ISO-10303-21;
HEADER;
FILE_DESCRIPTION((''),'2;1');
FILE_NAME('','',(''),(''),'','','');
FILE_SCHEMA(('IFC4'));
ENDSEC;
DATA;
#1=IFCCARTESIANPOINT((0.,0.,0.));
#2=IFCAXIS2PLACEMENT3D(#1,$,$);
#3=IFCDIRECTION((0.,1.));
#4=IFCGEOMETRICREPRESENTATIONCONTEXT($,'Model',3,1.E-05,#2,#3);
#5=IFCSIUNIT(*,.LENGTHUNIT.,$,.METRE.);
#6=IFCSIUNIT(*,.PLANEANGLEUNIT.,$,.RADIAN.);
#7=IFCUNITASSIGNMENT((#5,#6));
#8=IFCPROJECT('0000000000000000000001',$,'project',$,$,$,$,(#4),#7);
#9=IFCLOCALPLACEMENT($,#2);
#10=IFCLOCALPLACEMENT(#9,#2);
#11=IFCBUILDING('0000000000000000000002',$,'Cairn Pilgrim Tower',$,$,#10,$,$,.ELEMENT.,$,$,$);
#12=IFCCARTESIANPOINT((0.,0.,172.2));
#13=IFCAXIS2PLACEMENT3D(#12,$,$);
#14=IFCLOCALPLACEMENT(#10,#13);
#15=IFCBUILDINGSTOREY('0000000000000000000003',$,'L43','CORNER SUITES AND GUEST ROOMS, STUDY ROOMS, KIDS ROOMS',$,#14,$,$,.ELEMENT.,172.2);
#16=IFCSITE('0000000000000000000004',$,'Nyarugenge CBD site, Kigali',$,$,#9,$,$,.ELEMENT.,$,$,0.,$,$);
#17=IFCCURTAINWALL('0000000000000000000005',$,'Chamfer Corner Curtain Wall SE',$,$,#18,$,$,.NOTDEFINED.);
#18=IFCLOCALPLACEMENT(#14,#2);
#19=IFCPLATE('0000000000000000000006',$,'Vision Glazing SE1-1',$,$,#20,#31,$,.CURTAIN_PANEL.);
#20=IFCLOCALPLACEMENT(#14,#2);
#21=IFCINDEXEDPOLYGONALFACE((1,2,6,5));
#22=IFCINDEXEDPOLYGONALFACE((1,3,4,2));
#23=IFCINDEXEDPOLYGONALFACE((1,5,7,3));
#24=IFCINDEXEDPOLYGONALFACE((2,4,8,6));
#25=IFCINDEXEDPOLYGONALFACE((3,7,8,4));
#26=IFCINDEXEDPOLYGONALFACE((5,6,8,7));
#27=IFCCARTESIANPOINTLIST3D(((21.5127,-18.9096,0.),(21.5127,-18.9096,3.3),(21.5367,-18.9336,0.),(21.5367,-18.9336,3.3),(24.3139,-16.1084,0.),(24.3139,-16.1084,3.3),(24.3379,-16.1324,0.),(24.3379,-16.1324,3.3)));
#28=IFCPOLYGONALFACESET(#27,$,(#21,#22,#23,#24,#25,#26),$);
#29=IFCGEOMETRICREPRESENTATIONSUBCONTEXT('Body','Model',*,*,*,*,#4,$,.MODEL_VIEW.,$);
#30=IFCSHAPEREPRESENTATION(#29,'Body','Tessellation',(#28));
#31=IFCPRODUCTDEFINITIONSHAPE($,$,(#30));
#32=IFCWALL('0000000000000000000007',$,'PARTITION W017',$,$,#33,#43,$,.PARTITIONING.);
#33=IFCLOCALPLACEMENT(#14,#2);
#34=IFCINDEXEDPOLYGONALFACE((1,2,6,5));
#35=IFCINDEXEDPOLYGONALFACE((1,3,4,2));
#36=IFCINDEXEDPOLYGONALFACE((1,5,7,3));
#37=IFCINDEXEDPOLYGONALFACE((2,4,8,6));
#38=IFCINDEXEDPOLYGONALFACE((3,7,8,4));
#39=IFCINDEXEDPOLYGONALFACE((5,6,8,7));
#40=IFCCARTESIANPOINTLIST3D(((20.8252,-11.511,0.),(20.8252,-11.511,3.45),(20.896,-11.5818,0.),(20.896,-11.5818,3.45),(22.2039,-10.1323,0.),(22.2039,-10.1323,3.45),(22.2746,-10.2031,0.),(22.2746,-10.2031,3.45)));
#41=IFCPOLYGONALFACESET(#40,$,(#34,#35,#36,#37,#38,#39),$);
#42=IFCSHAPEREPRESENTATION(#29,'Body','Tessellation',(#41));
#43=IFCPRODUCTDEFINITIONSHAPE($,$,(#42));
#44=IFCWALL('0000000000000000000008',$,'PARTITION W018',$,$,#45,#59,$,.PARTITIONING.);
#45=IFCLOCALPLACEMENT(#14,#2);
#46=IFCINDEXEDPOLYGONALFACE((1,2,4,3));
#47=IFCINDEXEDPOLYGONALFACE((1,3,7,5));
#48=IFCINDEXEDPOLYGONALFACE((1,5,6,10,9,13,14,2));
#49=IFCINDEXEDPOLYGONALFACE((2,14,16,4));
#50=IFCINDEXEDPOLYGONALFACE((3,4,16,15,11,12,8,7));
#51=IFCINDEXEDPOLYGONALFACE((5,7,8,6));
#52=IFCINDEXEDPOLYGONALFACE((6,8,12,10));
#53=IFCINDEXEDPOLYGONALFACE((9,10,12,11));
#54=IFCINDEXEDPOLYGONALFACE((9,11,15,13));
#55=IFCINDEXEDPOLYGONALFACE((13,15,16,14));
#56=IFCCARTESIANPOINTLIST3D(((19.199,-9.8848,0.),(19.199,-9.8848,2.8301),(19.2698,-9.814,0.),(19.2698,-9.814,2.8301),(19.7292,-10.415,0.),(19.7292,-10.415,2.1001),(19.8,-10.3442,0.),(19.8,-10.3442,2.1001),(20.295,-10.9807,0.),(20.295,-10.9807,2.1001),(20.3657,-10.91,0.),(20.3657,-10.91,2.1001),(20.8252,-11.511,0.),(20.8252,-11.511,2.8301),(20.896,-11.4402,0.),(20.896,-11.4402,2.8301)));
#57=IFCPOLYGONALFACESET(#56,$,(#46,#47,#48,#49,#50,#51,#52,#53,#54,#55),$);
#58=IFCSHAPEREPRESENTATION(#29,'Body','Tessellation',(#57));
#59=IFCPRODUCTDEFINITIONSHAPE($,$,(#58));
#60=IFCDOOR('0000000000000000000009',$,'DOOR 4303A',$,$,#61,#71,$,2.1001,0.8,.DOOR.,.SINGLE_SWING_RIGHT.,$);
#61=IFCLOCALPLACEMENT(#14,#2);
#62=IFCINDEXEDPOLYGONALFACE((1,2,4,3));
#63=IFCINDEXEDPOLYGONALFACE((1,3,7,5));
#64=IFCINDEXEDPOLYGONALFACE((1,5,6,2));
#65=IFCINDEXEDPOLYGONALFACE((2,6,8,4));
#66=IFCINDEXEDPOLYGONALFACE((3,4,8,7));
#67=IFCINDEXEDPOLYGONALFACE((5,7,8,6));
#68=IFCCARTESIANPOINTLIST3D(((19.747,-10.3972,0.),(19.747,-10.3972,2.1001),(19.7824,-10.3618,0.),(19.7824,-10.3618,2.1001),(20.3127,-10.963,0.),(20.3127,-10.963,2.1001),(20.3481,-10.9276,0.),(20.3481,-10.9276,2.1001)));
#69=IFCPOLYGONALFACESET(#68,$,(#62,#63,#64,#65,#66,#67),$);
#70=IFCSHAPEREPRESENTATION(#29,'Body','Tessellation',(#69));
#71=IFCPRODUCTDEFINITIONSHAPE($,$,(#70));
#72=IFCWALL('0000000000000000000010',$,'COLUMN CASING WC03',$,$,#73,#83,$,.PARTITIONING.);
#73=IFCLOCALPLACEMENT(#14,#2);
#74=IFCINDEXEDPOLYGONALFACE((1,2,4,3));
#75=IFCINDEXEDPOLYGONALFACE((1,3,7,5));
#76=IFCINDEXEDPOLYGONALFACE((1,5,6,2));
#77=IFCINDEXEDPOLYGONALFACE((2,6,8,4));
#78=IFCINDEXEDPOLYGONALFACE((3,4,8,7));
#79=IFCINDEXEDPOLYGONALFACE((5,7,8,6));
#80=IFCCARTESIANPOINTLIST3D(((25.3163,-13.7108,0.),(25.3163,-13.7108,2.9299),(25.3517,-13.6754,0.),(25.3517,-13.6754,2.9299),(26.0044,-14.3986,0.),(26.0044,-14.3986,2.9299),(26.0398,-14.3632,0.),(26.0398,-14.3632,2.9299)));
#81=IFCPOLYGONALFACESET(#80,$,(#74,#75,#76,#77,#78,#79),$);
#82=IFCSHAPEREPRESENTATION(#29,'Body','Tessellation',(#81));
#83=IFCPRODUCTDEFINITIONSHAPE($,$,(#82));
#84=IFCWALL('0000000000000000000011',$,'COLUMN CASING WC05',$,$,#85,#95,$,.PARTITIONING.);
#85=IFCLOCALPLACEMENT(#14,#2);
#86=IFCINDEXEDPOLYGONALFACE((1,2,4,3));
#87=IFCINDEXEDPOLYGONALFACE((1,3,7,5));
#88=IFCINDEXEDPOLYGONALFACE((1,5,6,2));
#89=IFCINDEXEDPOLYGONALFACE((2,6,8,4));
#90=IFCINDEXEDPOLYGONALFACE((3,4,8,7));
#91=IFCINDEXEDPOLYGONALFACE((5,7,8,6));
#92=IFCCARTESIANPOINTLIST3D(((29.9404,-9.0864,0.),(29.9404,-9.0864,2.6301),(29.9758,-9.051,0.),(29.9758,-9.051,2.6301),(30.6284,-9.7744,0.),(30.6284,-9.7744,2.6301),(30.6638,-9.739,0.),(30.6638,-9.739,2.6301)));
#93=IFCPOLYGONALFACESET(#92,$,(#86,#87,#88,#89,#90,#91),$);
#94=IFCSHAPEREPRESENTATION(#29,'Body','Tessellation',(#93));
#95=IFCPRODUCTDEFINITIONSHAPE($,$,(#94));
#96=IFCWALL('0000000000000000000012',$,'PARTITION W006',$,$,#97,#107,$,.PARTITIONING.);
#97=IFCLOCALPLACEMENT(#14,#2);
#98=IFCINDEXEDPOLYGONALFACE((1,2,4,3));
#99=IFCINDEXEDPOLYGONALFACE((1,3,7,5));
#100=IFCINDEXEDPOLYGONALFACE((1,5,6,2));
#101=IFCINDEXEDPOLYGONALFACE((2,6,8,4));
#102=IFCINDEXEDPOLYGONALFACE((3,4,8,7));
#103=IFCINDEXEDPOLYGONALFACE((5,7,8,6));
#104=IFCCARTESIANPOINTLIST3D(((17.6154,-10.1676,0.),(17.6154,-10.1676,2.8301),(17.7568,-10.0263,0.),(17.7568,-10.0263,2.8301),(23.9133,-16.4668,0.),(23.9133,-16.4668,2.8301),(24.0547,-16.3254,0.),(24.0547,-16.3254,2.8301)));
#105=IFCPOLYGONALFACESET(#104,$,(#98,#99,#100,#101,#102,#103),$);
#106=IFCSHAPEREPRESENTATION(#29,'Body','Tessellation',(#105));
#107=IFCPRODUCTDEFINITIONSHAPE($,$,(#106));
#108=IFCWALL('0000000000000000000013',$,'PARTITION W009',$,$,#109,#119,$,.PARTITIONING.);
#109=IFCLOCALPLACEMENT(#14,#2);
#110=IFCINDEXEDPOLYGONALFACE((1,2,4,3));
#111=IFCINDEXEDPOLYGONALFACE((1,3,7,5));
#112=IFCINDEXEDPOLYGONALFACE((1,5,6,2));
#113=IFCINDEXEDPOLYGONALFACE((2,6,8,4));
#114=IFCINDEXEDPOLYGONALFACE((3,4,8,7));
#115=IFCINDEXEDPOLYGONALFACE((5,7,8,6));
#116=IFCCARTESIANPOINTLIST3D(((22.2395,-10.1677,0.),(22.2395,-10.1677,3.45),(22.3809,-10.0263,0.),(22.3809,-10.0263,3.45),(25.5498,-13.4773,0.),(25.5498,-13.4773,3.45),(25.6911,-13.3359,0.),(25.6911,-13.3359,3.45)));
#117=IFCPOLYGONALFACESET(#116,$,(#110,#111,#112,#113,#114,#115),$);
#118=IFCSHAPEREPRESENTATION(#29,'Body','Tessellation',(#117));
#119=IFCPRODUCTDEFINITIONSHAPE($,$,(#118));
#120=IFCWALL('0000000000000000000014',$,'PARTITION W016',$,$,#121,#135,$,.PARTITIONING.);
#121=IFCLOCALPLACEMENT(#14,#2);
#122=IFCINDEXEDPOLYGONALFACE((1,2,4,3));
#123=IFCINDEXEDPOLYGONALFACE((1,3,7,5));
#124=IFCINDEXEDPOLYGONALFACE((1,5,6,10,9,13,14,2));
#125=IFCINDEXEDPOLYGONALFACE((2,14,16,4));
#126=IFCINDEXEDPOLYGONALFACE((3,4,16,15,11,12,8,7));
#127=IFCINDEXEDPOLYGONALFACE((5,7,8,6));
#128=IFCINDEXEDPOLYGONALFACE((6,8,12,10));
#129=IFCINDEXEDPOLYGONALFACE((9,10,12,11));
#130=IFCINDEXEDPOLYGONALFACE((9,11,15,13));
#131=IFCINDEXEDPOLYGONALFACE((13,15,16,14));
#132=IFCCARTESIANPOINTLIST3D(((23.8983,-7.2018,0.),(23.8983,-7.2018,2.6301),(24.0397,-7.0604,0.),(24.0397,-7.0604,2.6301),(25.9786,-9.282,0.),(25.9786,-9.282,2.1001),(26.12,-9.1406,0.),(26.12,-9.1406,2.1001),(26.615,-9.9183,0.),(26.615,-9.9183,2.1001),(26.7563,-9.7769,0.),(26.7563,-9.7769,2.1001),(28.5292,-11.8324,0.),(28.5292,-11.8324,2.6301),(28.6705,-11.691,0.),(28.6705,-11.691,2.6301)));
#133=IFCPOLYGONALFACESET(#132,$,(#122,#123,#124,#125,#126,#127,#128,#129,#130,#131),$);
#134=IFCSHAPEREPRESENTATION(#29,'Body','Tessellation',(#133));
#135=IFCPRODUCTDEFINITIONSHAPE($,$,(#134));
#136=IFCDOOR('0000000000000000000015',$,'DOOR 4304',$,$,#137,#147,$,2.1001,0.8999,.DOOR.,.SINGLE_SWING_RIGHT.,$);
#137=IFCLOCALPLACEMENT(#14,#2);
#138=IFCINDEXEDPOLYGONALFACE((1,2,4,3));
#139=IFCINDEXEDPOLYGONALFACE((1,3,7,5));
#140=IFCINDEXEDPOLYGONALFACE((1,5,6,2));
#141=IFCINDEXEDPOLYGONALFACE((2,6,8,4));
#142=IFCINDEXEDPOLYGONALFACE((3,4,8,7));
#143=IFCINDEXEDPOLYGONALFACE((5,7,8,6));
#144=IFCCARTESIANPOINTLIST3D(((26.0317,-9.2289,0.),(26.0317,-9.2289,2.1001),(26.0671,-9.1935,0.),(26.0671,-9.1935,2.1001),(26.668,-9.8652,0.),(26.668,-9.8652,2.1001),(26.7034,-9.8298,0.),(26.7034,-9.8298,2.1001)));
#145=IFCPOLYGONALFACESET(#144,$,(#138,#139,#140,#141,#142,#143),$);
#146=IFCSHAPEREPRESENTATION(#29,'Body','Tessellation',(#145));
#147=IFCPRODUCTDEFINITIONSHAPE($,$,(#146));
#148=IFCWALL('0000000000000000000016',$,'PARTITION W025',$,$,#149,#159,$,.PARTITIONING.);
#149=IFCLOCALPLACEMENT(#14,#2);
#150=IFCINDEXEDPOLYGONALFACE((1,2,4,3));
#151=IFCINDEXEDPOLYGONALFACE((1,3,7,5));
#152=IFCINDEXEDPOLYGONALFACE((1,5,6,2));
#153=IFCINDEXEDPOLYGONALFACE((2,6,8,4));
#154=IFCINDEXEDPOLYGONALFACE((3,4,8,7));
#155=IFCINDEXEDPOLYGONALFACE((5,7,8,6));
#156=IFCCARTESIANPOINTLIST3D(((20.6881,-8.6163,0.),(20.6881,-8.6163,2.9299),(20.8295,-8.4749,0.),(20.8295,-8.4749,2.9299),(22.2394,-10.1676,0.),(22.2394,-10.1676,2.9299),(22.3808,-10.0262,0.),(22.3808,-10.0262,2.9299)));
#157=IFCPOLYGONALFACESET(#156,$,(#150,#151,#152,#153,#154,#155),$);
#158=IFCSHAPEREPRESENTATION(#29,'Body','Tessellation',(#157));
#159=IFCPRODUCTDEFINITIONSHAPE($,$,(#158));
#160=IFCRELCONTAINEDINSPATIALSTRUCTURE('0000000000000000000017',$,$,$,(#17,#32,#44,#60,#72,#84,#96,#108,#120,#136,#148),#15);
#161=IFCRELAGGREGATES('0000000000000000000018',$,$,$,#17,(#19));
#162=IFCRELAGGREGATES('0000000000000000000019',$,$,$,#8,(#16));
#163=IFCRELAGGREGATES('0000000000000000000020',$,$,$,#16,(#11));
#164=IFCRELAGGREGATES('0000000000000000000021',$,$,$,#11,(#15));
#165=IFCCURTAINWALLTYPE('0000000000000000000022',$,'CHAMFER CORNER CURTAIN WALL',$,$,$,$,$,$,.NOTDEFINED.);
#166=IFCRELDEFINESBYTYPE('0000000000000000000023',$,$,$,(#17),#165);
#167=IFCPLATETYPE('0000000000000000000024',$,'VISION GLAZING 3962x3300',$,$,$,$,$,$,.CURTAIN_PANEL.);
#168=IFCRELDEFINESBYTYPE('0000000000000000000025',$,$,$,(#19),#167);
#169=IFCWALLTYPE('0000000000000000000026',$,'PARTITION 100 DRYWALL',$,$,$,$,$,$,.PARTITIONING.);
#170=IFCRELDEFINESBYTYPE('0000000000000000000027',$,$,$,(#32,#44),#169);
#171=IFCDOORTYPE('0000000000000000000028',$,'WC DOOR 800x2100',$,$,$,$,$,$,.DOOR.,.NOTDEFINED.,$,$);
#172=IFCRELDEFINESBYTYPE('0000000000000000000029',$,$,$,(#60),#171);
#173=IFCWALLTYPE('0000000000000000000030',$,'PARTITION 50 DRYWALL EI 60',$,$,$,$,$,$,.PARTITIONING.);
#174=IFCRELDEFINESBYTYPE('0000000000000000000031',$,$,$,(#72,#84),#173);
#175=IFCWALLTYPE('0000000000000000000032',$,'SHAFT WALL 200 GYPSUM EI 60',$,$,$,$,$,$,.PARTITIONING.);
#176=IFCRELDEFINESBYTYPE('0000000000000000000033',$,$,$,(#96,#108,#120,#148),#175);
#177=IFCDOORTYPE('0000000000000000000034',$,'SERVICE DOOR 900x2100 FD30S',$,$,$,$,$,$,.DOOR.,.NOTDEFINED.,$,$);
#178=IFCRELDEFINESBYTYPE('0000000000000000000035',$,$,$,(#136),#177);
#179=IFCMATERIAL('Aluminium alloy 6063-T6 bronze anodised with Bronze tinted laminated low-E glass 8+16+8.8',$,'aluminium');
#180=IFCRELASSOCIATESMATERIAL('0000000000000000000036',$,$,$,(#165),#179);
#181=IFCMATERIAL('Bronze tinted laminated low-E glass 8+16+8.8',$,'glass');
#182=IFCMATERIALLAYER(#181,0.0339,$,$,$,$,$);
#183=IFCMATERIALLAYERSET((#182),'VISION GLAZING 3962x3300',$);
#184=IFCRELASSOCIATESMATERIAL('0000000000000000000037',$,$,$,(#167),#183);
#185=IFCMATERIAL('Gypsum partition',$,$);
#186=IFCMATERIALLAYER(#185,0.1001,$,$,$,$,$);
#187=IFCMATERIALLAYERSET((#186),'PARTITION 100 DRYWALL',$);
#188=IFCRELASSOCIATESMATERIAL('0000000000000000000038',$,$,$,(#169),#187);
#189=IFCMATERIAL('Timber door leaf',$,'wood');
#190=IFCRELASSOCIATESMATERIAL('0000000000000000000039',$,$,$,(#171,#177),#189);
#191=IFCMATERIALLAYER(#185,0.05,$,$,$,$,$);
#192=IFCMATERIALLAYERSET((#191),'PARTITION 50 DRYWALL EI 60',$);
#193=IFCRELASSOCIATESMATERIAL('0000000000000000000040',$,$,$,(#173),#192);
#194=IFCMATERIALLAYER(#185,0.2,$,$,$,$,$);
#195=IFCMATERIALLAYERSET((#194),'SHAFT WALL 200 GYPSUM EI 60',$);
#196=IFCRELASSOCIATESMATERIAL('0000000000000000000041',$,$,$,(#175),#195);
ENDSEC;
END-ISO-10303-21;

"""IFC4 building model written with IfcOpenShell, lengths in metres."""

from ifc_helpers import new_model, si_unit, direction, frame, frame_2d, origin, origin_2d, place, context, subcontext, project, spatial, rectangle, extrude, material, layer, layer_set, type_object, element, fill, aggregate, save


model = new_model("IFC4")

# Units and contexts
model_context = context("Model", 3, precision=1e-05, world=origin(), true_north=direction((0.0, 1.0)))
body_context = subcontext(model_context, "Body", "Model", "MODEL_VIEW")
ifc_project = project(units=[si_unit("LENGTHUNIT", "METRE"), si_unit("PLANEANGLEUNIT", "RADIAN")], contexts=[model_context])

# Site, building, storey
site_placement = place(None, origin())
site = spatial("IfcSite", under=ifc_project, at=site_placement, Name="Nyarugenge CBD site, Kigali", CompositionType="ELEMENT", RefElevation=0.0)
building_placement = place(site_placement, origin())
building = spatial("IfcBuilding", under=site, at=building_placement, Name="Cairn Pilgrim Tower", CompositionType="ELEMENT")
storey_placement = place(building_placement, frame((0.0, 0.0, 172.2)))
storey = spatial("IfcBuildingStorey", under=building, at=storey_placement, Name="L43", Description="CORNER SUITES AND GUEST ROOMS, STUDY ROOMS, KIDS ROOMS", CompositionType="ELEMENT", Elevation=172.2)

# Curtain wall
ifc_material_1 = material(Name="Aluminium alloy 6063-T6 bronze anodised with Bronze tinted laminated low-E glass 8+16+8.8", Category="aluminium")
curtain_wall_type = type_object("IfcCurtainWallType", Name="CHAMFER CORNER CURTAIN WALL", PredefinedType="NOTDEFINED", material=ifc_material_1)
curtain_wall_placement = place(storey_placement, origin())
curtain_wall = element("IfcCurtainWall", 1, at=curtain_wall_placement, inside=storey, type_object=curtain_wall_type, Name="Chamfer Corner Curtain Wall SE", PredefinedType="NOTDEFINED")

# Plate
ifc_material_2 = material(Name="Bronze tinted laminated low-E glass 8+16+8.8", Category="glass")
ifc_layer_1 = layer(ifc_material_2, 0.0339)
ifc_layer_set_1 = layer_set([ifc_layer_1], Name="VISION GLAZING 3962x3300")
plate_type_1 = type_object("IfcPlateType", Name="VISION GLAZING 3962x3300", PredefinedType="CURTAIN_PANEL", material=ifc_layer_set_1)
plate_1_placement = place(storey_placement, frame((22.9253, -17.521, 0.0), z_axis=(0.0, 0.0, 1.0), x_axis=(0.707107, 0.707107, 0.0)))
plate_1 = element("IfcPlate", 2, at=plate_1_placement, type_object=plate_type_1, Name="Vision Glazing SE1-1", PredefinedType="CURTAIN_PANEL", context=body_context, shape_type="SweptSolid", body=[
    extrude(rectangle(XDim=3.9614, YDim=0.0339, at=origin_2d()), origin(), (0.0, 0.0, 1.0), 3.3),
])
aggregate(curtain_wall, [plate_1])

# Wall
ifc_material_3 = material(Name="Gypsum partition")
ifc_layer_2 = layer(ifc_material_3, 0.1001)
ifc_layer_set_2 = layer_set([ifc_layer_2], Name="PARTITION 100 DRYWALL")
wall_type_1 = type_object("IfcWallType", Name="PARTITION 100 DRYWALL", PredefinedType="PARTITIONING", material=ifc_layer_set_2)
wall_1_placement = place(storey_placement, frame((20.8606, -11.5464, 0.0), z_axis=(0.0, 0.0, 1.0), x_axis=(0.707107, 0.707107, 0.0)))
element("IfcWall", 3, at=wall_1_placement, inside=storey, type_object=wall_type_1, Name="PARTITION W017", PredefinedType="PARTITIONING", context=body_context, shape_type="SweptSolid", body=[
    extrude(rectangle(XDim=1.9497, YDim=0.1001, at=frame_2d((0.9749, 0.0))), origin(), (0.0, 0.0, 1.0), 3.45),
])

# Wall, opening, door
wall_2_placement = place(storey_placement, frame((20.8606, -11.4756, 0.0), z_axis=(0.0, 0.0, 1.0), x_axis=(-0.707107, 0.707107, 0.0)))
wall_2 = element("IfcWall", 4, at=wall_2_placement, inside=storey, type_object=wall_type_1, Name="PARTITION W018", PredefinedType="PARTITIONING", context=body_context, shape_type="SweptSolid", body=[
    extrude(rectangle(XDim=2.2998, YDim=0.1001, at=frame_2d((1.1499, 0.0))), origin(), (0.0, 0.0, 1.0), 2.8301),
])
opening_1_placement = place(wall_2_placement, frame((0.75, 0.0, 0.0)))
opening_1 = element("IfcOpeningElement", 5, at=opening_1_placement, cuts=wall_2, PredefinedType="OPENING", context=body_context, shape_type="SweptSolid", body=[
    extrude(rectangle(XDim=0.8, YDim=2.1001, at=frame_2d((0.3999, 1.05))), frame((0.0, 0.0601, 0.0), z_axis=(0.0, -1.0, 0.0), x_axis=(1.0, 0.0, 0.0)), (0.0, 0.0, 1.0), 0.1201),
])
ifc_material_4 = material(Name="Timber door leaf", Category="wood")
door_type_1 = type_object("IfcDoorType", Name="WC DOOR 800x2100", OperationType="NOTDEFINED", PredefinedType="DOOR", material=ifc_material_4)
door_1_placement = place(opening_1_placement, origin())
door_1 = element("IfcDoor", 6, at=door_1_placement, inside=storey, type_object=door_type_1, Name="DOOR 4303A", OperationType="SINGLE_SWING_RIGHT", OverallHeight=2.1001, OverallWidth=0.8, PredefinedType="DOOR", context=body_context, shape_type="SweptSolid", body=[
    extrude(rectangle(XDim=0.8, YDim=2.1001, at=frame_2d((0.3999, 1.05))), frame((0.0, 0.0249, 0.0), z_axis=(0.0, -1.0, 0.0), x_axis=(1.0, 0.0, 0.0)), (0.0, 0.0, 1.0), 0.05),
])
fill(opening_1, door_1)

# Walls
ifc_layer_3 = layer(ifc_material_3, 0.05)
ifc_layer_set_3 = layer_set([ifc_layer_3], Name="PARTITION 50 DRYWALL EI 60")
wall_type_2 = type_object("IfcWallType", Name="PARTITION 50 DRYWALL EI 60", PredefinedType="PARTITIONING", material=ifc_layer_set_3)
wall_3_placement = place(storey_placement, frame((26.022, -14.3809, 0.0), z_axis=(0.0, 0.0, 1.0), x_axis=(-0.707232, 0.706981, 0.0)))
element("IfcWall", 7, at=wall_3_placement, inside=storey, type_object=wall_type_2, Name="COLUMN CASING WC03", PredefinedType="PARTITIONING", context=body_context, shape_type="SweptSolid", body=[
    extrude(rectangle(XDim=0.9729, YDim=0.05, at=frame_2d((0.4863, 0.0))), origin(), (0.0, 0.0, 1.0), 2.9299),
])
wall_4_placement = place(storey_placement, frame((30.646, -9.7566, 0.0), z_axis=(0.0, 0.0, 1.0), x_axis=(-0.707107, 0.707107, 0.0)))
element("IfcWall", 8, at=wall_4_placement, inside=storey, type_object=wall_type_2, Name="COLUMN CASING WC05", PredefinedType="PARTITIONING", context=body_context, shape_type="SweptSolid", body=[
    extrude(rectangle(XDim=0.9729, YDim=0.05, at=frame_2d((0.4863, 0.0))), origin(), (0.0, 0.0, 1.0), 2.6301),
])
ifc_layer_4 = layer(ifc_material_3, 0.2)
ifc_layer_set_4 = layer_set([ifc_layer_4], Name="SHAFT WALL 200 GYPSUM EI 60")
wall_type_3 = type_object("IfcWallType", Name="SHAFT WALL 200 GYPSUM EI 60", PredefinedType="PARTITIONING", material=ifc_layer_set_4)
wall_5_placement = place(storey_placement, frame((23.9839, -16.396, 0.0), z_axis=(0.0, 0.0, 1.0), x_axis=(-0.707038, 0.707175, 0.0)))
element("IfcWall", 9, at=wall_5_placement, inside=storey, type_object=wall_type_3, Name="PARTITION W006", PredefinedType="PARTITIONING", context=body_context, shape_type="SweptSolid", body=[
    extrude(rectangle(XDim=8.9075, YDim=0.2, at=frame_2d((4.4536, 0.0))), origin(), (0.0, 0.0, 1.0), 2.8301),
])
wall_6_placement = place(storey_placement, frame((25.6204, -13.4065, 0.0), z_axis=(0.0, 0.0, 1.0), x_axis=(-0.707185, 0.707029, 0.0)))
element("IfcWall", 10, at=wall_6_placement, inside=storey, type_object=wall_type_3, Name="PARTITION W009", PredefinedType="PARTITIONING", context=body_context, shape_type="SweptSolid", body=[
    extrude(rectangle(XDim=4.6809, YDim=0.2, at=frame_2d((2.3403, 0.0))), origin(), (0.0, 0.0, 1.0), 3.45),
])

# Wall, opening, door
wall_7_placement = place(storey_placement, frame((28.5999, -11.7617, 0.0), z_axis=(0.0, 0.0, 1.0), x_axis=(-0.707125, 0.707088, 0.0)))
wall_7 = element("IfcWall", 11, at=wall_7_placement, inside=storey, type_object=wall_type_3, Name="PARTITION W016", PredefinedType="PARTITIONING", context=body_context, shape_type="SweptSolid", body=[
    extrude(rectangle(XDim=6.5488, YDim=0.2, at=frame_2d((3.2744, 0.0))), origin(), (0.0, 0.0, 1.0), 2.6301),
])
opening_2_placement = place(wall_7_placement, frame((2.707, 0.0, 0.0)))
opening_2 = element("IfcOpeningElement", 12, at=opening_2_placement, cuts=wall_7, PredefinedType="OPENING", context=body_context, shape_type="SweptSolid", body=[
    extrude(rectangle(XDim=0.8999, YDim=2.1001, at=frame_2d((0.45, 1.05))), frame((0.0, 0.1099, 0.0), z_axis=(0.0, -1.0, 0.0), x_axis=(1.0, 0.0, 0.0)), (0.0, 0.0, 1.0), 0.22),
])
door_type_2 = type_object("IfcDoorType", Name="SERVICE DOOR 900x2100 FD30S", OperationType="NOTDEFINED", PredefinedType="DOOR", material=ifc_material_4)
door_2_placement = place(opening_2_placement, origin())
door_2 = element("IfcDoor", 13, at=door_2_placement, inside=storey, type_object=door_type_2, Name="DOOR 4304", OperationType="SINGLE_SWING_RIGHT", OverallHeight=2.1001, OverallWidth=0.8999, PredefinedType="DOOR", context=body_context, shape_type="SweptSolid", body=[
    extrude(rectangle(XDim=0.8999, YDim=2.1001, at=frame_2d((0.45, 1.05))), frame((0.0, 0.0249, 0.0), z_axis=(0.0, -1.0, 0.0), x_axis=(1.0, 0.0, 0.0)), (0.0, 0.0, 1.0), 0.05),
])
fill(opening_2, door_2)

# Wall
wall_8_placement = place(storey_placement, frame((22.3101, -10.0969, 0.0), z_axis=(0.0, 0.0, 1.0), x_axis=(-0.707107, 0.707107, 0.0)))
element("IfcWall", 14, at=wall_8_placement, inside=storey, type_object=wall_type_3, Name="PARTITION W025", PredefinedType="PARTITIONING", context=body_context, shape_type="SweptSolid", body=[
    extrude(rectangle(XDim=2.1938, YDim=0.2, at=frame_2d((1.0969, 0.0))), origin(), (0.0, 0.0, 1.0), 2.9299),
])

save(model, "model.ifc")
